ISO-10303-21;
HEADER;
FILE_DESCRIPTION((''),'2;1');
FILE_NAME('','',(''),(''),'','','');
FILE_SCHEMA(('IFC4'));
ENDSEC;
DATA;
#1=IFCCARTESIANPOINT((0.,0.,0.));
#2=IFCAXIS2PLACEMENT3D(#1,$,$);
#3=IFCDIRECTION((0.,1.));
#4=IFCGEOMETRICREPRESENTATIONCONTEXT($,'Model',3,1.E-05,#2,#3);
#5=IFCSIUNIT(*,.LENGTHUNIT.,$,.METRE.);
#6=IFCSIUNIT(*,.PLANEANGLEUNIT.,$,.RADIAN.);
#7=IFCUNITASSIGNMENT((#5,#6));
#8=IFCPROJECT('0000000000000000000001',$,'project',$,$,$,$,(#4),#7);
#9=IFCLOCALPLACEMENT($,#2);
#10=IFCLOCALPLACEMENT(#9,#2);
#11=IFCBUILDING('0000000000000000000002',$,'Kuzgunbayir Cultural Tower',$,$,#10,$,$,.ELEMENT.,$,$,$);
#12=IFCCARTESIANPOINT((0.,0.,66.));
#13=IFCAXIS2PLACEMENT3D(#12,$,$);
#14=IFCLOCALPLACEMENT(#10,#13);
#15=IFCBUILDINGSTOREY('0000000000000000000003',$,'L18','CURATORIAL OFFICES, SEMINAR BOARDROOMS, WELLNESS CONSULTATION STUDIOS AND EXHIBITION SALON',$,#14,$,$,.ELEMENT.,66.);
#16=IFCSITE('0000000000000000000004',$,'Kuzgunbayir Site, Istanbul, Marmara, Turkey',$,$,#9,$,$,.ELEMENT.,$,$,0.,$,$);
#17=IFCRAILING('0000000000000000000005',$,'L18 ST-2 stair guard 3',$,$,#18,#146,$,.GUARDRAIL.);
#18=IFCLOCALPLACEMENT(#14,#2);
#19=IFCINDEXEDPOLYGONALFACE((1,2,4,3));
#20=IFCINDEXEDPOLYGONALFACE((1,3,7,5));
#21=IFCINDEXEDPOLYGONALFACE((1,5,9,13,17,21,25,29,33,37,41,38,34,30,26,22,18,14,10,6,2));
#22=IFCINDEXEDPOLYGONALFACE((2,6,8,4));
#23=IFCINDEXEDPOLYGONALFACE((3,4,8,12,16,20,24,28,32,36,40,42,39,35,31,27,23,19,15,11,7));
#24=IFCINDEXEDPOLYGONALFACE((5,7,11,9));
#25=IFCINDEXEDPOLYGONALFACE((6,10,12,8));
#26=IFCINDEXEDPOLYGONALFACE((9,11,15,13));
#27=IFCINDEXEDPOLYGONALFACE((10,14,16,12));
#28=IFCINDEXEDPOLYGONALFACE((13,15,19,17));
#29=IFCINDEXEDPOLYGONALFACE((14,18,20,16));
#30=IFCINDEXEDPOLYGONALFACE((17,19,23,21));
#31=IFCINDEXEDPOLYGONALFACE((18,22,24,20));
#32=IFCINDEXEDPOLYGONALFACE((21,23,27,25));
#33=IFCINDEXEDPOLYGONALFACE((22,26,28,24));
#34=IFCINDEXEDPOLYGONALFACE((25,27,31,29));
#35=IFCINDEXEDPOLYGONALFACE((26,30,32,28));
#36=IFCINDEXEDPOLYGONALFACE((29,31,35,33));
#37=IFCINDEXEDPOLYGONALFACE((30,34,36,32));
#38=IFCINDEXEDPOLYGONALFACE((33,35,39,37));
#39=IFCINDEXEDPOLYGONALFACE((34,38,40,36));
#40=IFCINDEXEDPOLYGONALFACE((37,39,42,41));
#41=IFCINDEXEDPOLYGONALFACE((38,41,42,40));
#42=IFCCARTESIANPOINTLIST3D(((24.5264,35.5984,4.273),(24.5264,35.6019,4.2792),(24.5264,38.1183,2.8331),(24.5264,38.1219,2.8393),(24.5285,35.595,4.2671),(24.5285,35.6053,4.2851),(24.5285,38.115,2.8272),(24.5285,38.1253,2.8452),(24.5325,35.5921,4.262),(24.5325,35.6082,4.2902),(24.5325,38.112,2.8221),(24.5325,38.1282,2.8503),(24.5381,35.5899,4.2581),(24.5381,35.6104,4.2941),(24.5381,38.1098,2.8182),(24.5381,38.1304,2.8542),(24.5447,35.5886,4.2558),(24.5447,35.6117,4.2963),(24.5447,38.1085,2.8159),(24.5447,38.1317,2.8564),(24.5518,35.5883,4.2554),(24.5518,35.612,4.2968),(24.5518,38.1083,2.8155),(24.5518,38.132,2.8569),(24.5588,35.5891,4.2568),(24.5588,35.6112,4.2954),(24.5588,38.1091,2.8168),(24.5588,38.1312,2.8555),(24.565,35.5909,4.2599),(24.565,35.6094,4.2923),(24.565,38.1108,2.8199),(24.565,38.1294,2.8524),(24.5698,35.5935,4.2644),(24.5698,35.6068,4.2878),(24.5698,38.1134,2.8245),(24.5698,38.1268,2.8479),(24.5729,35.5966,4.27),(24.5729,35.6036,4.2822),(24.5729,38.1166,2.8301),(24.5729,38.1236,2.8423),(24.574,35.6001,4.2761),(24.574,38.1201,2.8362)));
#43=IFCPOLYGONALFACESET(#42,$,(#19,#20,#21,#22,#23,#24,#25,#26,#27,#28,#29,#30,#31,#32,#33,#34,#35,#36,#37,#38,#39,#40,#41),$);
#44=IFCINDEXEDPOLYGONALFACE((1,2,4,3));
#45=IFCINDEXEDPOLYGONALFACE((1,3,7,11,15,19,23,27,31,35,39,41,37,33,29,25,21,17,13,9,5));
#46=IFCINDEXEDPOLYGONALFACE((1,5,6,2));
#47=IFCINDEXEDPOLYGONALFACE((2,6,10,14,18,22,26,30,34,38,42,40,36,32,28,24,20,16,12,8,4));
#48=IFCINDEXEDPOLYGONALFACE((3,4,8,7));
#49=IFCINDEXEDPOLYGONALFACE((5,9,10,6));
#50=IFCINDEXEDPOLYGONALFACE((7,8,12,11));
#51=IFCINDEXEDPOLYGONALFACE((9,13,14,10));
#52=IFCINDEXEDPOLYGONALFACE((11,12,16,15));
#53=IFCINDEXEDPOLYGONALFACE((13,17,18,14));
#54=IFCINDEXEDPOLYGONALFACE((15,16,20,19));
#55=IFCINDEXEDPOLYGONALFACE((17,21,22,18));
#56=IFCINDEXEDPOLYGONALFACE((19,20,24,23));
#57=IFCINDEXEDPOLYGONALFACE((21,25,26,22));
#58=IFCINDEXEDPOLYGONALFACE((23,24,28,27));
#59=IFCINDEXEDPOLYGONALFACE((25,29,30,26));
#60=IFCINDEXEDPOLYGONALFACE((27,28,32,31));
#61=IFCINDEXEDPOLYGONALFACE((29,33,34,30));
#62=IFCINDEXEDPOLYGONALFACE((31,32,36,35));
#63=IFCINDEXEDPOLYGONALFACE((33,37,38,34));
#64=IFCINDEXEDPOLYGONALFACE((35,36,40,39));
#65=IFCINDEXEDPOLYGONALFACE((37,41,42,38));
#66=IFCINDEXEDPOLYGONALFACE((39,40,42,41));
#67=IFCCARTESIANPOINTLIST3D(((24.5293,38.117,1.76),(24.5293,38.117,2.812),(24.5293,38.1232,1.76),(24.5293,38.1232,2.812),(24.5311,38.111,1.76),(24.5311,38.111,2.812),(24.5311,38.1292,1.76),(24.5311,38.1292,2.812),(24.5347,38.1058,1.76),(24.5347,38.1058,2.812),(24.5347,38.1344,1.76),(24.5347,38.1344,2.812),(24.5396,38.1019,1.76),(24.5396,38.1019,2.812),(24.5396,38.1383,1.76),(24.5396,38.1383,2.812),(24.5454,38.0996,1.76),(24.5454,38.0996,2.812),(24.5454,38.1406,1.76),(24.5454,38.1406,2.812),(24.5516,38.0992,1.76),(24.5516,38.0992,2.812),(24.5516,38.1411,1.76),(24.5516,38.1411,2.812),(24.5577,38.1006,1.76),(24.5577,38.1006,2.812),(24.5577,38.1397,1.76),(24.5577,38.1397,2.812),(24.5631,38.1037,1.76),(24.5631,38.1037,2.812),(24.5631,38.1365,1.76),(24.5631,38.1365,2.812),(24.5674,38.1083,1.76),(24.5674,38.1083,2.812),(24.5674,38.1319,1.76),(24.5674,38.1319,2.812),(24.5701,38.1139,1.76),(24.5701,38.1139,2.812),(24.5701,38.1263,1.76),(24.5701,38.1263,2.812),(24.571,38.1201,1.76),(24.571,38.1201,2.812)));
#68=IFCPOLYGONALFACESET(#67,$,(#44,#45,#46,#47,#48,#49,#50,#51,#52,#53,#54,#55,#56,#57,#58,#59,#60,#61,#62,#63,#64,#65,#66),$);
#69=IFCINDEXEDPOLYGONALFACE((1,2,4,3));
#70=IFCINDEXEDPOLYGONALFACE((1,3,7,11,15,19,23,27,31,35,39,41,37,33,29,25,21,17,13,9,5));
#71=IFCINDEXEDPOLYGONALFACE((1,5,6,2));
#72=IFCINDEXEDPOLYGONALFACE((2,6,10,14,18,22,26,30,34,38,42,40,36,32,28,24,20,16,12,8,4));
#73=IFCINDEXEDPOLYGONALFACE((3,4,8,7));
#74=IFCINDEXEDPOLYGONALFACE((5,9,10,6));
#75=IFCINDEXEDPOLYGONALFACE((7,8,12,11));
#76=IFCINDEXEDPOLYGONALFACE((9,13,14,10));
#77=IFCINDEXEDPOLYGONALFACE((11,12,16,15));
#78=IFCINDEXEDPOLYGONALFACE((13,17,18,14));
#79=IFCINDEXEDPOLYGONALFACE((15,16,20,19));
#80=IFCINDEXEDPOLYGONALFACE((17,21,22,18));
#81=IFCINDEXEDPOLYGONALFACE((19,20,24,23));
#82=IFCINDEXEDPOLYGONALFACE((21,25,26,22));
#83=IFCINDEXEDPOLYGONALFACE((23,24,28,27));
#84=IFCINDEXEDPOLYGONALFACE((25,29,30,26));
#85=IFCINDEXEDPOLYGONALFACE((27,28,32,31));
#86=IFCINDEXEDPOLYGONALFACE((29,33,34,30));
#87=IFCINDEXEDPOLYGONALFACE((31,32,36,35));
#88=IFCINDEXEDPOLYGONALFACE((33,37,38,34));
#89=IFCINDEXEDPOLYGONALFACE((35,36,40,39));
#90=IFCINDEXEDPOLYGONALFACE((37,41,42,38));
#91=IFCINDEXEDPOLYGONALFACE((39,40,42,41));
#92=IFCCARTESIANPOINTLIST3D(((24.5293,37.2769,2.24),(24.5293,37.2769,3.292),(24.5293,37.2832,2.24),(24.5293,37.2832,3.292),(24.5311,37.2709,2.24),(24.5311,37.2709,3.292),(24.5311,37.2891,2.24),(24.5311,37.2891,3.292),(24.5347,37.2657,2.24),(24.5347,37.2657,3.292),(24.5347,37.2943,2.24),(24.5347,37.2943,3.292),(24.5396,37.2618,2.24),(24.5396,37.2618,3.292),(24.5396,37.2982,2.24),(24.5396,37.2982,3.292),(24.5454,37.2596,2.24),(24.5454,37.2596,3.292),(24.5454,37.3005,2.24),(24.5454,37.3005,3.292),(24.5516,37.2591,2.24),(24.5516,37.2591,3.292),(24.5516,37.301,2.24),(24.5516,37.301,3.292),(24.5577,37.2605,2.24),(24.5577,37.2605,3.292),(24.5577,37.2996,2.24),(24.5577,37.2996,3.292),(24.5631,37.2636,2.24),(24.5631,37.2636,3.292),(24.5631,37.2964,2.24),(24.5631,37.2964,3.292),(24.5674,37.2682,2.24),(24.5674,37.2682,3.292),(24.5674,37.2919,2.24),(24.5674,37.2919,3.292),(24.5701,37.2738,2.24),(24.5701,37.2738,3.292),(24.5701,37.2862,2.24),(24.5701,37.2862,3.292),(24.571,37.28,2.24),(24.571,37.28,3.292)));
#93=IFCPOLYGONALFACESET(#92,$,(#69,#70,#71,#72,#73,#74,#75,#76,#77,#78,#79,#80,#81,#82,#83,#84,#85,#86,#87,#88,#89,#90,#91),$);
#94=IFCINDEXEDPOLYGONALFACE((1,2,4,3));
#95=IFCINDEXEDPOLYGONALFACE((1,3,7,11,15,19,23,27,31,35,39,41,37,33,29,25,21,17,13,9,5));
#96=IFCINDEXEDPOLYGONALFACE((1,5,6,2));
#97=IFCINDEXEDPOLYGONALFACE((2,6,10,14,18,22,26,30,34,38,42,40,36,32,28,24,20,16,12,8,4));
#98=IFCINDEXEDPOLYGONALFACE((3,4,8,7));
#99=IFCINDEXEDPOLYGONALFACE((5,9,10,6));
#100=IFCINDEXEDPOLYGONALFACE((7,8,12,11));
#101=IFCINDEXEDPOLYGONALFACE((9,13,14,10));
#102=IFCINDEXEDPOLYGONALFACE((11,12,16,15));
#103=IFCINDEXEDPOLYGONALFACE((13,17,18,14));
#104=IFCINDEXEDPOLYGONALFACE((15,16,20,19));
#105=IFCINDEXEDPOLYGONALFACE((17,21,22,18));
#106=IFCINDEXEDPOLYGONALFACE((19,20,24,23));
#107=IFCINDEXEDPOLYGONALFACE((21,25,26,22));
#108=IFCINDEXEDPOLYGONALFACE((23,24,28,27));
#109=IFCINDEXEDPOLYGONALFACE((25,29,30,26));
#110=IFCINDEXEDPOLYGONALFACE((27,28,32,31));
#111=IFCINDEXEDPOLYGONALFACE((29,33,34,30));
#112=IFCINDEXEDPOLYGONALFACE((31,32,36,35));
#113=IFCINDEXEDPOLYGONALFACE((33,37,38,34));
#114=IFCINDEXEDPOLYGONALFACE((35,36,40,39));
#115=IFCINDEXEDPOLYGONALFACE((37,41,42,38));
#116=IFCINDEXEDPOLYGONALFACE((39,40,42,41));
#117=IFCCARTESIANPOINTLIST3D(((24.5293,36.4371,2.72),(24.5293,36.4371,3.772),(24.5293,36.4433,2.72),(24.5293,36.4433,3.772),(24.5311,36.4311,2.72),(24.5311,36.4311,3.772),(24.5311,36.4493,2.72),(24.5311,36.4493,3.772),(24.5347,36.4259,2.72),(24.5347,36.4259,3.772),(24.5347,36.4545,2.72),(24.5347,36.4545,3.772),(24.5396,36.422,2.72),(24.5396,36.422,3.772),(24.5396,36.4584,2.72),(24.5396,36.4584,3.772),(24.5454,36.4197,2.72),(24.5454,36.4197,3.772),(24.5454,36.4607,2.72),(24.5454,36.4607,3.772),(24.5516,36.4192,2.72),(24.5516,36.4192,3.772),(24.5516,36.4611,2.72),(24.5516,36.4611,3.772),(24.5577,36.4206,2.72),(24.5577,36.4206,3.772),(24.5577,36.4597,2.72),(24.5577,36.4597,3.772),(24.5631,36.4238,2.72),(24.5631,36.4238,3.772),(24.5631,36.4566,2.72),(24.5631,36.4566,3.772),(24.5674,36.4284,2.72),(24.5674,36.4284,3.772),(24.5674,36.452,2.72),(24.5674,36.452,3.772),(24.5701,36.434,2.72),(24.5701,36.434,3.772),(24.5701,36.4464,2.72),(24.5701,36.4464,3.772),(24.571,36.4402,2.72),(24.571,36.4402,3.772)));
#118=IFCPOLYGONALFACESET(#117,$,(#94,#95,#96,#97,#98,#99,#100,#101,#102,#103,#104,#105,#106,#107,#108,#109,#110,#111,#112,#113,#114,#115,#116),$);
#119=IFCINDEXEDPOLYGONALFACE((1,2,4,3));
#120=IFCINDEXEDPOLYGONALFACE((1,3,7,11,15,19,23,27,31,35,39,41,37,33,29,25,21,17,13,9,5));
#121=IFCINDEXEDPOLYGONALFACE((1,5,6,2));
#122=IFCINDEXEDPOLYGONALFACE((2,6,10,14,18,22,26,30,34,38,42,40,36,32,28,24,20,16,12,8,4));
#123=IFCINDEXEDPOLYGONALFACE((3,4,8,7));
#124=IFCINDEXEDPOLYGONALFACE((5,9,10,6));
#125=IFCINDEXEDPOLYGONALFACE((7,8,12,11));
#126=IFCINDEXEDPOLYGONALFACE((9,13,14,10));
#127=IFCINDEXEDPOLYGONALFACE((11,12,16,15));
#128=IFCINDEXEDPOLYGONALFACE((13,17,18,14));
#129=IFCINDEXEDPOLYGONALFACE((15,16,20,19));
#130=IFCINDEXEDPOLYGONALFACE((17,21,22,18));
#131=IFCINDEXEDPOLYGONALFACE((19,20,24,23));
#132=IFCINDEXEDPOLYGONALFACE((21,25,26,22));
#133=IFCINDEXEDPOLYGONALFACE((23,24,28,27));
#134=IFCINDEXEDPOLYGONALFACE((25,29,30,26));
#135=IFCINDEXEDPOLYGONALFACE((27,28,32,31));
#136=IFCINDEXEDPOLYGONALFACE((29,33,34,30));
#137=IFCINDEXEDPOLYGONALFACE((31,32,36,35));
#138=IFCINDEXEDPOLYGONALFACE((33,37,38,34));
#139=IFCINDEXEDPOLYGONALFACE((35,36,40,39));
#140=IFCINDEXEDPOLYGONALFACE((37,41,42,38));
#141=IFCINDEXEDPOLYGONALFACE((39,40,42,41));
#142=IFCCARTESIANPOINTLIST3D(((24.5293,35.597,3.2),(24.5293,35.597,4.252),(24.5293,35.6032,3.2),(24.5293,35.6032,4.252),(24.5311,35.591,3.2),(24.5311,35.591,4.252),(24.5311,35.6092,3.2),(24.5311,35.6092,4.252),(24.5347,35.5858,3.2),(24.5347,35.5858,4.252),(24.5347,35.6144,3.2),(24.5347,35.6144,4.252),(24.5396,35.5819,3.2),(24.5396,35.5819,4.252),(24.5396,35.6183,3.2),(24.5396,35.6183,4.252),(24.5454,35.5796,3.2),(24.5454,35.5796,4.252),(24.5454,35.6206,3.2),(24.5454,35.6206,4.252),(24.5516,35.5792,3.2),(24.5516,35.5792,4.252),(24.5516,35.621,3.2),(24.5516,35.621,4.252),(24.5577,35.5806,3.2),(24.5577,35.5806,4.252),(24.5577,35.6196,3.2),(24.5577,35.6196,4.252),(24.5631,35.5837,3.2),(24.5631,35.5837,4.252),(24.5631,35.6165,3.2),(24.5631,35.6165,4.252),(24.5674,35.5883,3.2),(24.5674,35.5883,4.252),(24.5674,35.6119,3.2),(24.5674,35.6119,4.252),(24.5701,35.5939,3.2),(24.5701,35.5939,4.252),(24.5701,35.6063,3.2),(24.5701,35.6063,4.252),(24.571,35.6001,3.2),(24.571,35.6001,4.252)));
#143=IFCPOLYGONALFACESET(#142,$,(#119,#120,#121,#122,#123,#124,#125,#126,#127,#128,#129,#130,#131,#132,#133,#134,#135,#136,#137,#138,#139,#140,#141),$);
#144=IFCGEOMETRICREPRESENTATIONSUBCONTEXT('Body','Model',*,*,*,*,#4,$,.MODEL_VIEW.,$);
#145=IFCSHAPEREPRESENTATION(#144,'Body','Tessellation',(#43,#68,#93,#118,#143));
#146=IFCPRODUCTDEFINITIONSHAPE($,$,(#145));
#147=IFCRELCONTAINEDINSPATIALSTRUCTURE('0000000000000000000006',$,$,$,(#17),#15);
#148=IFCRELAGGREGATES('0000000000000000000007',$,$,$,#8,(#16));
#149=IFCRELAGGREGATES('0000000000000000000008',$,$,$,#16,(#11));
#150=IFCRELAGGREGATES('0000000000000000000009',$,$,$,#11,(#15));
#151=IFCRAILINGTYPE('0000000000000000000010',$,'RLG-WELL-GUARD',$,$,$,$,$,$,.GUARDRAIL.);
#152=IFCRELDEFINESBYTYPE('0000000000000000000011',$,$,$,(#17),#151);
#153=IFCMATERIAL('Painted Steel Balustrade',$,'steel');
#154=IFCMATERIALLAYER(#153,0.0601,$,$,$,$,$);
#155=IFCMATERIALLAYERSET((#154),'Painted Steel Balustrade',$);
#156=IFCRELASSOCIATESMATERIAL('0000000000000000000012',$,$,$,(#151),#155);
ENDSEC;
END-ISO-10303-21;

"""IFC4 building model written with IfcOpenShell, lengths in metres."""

from ifc_helpers import new_model, si_unit, direction, frame, origin, origin_2d, place, context, subcontext, project, spatial, circle, extrude, material, layer, layer_set, type_object, element, save


model = new_model("IFC4")

# Units and contexts
model_context = context("Model", 3, precision=1e-05, world=origin(), true_north=direction((0.0, 1.0)))
body_context = subcontext(model_context, "Body", "Model", "MODEL_VIEW")
ifc_project = project(units=[si_unit("LENGTHUNIT", "METRE"), si_unit("PLANEANGLEUNIT", "RADIAN")], contexts=[model_context])

# Site, building, storey
site_placement = place(None, origin())
site = spatial("IfcSite", under=ifc_project, at=site_placement, Name="Kuzgunbayir Site, Istanbul, Marmara, Turkey", CompositionType="ELEMENT", RefElevation=0.0)
building_placement = place(site_placement, origin())
building = spatial("IfcBuilding", under=site, at=building_placement, Name="Kuzgunbayir Cultural Tower", CompositionType="ELEMENT")
storey_placement = place(building_placement, frame((0.0, 0.0, 66.0)))
storey = spatial("IfcBuildingStorey", under=building, at=storey_placement, Name="L18", Description="CURATORIAL OFFICES, SEMINAR BOARDROOMS, WELLNESS CONSULTATION STUDIOS AND EXHIBITION SALON", CompositionType="ELEMENT", Elevation=66.0)

# Railing
ifc_material_1 = material(Name="Painted Steel Balustrade", Category="steel")
ifc_layer_1 = layer(ifc_material_1, 0.0601)
ifc_layer_set_1 = layer_set([ifc_layer_1], Name="Painted Steel Balustrade")
railing_type_1 = type_object("IfcRailingType", Name="RLG-WELL-GUARD", PredefinedType="GUARDRAIL", material=ifc_layer_set_1)
railing_1_placement = place(storey_placement, frame((24.55, 38.1201, 1.76)))
element("IfcRailing", 1, at=railing_1_placement, inside=storey, type_object=railing_type_1, Name="L18 ST-2 stair guard 3", PredefinedType="GUARDRAIL", context=body_context, shape_type="SweptSolid", body=[
    extrude(circle(Radius=0.0239, at=origin_2d()), frame((0.0, 0.0, 1.0762), z_axis=(0.0, -0.868253, 0.496121), x_axis=(1.0, 0.0, 0.0)), (0.0, 0.0, 1.0), 2.9023),
    extrude(circle(Radius=0.021, at=origin_2d()), origin(), (0.0, 0.0, 1.0), 1.052),
    extrude(circle(Radius=0.021, at=origin_2d()), frame((0.0, -0.8401, 0.48)), (0.0, 0.0, 1.0), 1.052),
    extrude(circle(Radius=0.021, at=origin_2d()), frame((0.0, -1.6799, 0.96)), (0.0, 0.0, 1.0), 1.052),
    extrude(circle(Radius=0.021, at=origin_2d()), frame((0.0, -2.52, 1.4399)), (0.0, 0.0, 1.0), 1.052),
])

save(model, "model.ifc")
